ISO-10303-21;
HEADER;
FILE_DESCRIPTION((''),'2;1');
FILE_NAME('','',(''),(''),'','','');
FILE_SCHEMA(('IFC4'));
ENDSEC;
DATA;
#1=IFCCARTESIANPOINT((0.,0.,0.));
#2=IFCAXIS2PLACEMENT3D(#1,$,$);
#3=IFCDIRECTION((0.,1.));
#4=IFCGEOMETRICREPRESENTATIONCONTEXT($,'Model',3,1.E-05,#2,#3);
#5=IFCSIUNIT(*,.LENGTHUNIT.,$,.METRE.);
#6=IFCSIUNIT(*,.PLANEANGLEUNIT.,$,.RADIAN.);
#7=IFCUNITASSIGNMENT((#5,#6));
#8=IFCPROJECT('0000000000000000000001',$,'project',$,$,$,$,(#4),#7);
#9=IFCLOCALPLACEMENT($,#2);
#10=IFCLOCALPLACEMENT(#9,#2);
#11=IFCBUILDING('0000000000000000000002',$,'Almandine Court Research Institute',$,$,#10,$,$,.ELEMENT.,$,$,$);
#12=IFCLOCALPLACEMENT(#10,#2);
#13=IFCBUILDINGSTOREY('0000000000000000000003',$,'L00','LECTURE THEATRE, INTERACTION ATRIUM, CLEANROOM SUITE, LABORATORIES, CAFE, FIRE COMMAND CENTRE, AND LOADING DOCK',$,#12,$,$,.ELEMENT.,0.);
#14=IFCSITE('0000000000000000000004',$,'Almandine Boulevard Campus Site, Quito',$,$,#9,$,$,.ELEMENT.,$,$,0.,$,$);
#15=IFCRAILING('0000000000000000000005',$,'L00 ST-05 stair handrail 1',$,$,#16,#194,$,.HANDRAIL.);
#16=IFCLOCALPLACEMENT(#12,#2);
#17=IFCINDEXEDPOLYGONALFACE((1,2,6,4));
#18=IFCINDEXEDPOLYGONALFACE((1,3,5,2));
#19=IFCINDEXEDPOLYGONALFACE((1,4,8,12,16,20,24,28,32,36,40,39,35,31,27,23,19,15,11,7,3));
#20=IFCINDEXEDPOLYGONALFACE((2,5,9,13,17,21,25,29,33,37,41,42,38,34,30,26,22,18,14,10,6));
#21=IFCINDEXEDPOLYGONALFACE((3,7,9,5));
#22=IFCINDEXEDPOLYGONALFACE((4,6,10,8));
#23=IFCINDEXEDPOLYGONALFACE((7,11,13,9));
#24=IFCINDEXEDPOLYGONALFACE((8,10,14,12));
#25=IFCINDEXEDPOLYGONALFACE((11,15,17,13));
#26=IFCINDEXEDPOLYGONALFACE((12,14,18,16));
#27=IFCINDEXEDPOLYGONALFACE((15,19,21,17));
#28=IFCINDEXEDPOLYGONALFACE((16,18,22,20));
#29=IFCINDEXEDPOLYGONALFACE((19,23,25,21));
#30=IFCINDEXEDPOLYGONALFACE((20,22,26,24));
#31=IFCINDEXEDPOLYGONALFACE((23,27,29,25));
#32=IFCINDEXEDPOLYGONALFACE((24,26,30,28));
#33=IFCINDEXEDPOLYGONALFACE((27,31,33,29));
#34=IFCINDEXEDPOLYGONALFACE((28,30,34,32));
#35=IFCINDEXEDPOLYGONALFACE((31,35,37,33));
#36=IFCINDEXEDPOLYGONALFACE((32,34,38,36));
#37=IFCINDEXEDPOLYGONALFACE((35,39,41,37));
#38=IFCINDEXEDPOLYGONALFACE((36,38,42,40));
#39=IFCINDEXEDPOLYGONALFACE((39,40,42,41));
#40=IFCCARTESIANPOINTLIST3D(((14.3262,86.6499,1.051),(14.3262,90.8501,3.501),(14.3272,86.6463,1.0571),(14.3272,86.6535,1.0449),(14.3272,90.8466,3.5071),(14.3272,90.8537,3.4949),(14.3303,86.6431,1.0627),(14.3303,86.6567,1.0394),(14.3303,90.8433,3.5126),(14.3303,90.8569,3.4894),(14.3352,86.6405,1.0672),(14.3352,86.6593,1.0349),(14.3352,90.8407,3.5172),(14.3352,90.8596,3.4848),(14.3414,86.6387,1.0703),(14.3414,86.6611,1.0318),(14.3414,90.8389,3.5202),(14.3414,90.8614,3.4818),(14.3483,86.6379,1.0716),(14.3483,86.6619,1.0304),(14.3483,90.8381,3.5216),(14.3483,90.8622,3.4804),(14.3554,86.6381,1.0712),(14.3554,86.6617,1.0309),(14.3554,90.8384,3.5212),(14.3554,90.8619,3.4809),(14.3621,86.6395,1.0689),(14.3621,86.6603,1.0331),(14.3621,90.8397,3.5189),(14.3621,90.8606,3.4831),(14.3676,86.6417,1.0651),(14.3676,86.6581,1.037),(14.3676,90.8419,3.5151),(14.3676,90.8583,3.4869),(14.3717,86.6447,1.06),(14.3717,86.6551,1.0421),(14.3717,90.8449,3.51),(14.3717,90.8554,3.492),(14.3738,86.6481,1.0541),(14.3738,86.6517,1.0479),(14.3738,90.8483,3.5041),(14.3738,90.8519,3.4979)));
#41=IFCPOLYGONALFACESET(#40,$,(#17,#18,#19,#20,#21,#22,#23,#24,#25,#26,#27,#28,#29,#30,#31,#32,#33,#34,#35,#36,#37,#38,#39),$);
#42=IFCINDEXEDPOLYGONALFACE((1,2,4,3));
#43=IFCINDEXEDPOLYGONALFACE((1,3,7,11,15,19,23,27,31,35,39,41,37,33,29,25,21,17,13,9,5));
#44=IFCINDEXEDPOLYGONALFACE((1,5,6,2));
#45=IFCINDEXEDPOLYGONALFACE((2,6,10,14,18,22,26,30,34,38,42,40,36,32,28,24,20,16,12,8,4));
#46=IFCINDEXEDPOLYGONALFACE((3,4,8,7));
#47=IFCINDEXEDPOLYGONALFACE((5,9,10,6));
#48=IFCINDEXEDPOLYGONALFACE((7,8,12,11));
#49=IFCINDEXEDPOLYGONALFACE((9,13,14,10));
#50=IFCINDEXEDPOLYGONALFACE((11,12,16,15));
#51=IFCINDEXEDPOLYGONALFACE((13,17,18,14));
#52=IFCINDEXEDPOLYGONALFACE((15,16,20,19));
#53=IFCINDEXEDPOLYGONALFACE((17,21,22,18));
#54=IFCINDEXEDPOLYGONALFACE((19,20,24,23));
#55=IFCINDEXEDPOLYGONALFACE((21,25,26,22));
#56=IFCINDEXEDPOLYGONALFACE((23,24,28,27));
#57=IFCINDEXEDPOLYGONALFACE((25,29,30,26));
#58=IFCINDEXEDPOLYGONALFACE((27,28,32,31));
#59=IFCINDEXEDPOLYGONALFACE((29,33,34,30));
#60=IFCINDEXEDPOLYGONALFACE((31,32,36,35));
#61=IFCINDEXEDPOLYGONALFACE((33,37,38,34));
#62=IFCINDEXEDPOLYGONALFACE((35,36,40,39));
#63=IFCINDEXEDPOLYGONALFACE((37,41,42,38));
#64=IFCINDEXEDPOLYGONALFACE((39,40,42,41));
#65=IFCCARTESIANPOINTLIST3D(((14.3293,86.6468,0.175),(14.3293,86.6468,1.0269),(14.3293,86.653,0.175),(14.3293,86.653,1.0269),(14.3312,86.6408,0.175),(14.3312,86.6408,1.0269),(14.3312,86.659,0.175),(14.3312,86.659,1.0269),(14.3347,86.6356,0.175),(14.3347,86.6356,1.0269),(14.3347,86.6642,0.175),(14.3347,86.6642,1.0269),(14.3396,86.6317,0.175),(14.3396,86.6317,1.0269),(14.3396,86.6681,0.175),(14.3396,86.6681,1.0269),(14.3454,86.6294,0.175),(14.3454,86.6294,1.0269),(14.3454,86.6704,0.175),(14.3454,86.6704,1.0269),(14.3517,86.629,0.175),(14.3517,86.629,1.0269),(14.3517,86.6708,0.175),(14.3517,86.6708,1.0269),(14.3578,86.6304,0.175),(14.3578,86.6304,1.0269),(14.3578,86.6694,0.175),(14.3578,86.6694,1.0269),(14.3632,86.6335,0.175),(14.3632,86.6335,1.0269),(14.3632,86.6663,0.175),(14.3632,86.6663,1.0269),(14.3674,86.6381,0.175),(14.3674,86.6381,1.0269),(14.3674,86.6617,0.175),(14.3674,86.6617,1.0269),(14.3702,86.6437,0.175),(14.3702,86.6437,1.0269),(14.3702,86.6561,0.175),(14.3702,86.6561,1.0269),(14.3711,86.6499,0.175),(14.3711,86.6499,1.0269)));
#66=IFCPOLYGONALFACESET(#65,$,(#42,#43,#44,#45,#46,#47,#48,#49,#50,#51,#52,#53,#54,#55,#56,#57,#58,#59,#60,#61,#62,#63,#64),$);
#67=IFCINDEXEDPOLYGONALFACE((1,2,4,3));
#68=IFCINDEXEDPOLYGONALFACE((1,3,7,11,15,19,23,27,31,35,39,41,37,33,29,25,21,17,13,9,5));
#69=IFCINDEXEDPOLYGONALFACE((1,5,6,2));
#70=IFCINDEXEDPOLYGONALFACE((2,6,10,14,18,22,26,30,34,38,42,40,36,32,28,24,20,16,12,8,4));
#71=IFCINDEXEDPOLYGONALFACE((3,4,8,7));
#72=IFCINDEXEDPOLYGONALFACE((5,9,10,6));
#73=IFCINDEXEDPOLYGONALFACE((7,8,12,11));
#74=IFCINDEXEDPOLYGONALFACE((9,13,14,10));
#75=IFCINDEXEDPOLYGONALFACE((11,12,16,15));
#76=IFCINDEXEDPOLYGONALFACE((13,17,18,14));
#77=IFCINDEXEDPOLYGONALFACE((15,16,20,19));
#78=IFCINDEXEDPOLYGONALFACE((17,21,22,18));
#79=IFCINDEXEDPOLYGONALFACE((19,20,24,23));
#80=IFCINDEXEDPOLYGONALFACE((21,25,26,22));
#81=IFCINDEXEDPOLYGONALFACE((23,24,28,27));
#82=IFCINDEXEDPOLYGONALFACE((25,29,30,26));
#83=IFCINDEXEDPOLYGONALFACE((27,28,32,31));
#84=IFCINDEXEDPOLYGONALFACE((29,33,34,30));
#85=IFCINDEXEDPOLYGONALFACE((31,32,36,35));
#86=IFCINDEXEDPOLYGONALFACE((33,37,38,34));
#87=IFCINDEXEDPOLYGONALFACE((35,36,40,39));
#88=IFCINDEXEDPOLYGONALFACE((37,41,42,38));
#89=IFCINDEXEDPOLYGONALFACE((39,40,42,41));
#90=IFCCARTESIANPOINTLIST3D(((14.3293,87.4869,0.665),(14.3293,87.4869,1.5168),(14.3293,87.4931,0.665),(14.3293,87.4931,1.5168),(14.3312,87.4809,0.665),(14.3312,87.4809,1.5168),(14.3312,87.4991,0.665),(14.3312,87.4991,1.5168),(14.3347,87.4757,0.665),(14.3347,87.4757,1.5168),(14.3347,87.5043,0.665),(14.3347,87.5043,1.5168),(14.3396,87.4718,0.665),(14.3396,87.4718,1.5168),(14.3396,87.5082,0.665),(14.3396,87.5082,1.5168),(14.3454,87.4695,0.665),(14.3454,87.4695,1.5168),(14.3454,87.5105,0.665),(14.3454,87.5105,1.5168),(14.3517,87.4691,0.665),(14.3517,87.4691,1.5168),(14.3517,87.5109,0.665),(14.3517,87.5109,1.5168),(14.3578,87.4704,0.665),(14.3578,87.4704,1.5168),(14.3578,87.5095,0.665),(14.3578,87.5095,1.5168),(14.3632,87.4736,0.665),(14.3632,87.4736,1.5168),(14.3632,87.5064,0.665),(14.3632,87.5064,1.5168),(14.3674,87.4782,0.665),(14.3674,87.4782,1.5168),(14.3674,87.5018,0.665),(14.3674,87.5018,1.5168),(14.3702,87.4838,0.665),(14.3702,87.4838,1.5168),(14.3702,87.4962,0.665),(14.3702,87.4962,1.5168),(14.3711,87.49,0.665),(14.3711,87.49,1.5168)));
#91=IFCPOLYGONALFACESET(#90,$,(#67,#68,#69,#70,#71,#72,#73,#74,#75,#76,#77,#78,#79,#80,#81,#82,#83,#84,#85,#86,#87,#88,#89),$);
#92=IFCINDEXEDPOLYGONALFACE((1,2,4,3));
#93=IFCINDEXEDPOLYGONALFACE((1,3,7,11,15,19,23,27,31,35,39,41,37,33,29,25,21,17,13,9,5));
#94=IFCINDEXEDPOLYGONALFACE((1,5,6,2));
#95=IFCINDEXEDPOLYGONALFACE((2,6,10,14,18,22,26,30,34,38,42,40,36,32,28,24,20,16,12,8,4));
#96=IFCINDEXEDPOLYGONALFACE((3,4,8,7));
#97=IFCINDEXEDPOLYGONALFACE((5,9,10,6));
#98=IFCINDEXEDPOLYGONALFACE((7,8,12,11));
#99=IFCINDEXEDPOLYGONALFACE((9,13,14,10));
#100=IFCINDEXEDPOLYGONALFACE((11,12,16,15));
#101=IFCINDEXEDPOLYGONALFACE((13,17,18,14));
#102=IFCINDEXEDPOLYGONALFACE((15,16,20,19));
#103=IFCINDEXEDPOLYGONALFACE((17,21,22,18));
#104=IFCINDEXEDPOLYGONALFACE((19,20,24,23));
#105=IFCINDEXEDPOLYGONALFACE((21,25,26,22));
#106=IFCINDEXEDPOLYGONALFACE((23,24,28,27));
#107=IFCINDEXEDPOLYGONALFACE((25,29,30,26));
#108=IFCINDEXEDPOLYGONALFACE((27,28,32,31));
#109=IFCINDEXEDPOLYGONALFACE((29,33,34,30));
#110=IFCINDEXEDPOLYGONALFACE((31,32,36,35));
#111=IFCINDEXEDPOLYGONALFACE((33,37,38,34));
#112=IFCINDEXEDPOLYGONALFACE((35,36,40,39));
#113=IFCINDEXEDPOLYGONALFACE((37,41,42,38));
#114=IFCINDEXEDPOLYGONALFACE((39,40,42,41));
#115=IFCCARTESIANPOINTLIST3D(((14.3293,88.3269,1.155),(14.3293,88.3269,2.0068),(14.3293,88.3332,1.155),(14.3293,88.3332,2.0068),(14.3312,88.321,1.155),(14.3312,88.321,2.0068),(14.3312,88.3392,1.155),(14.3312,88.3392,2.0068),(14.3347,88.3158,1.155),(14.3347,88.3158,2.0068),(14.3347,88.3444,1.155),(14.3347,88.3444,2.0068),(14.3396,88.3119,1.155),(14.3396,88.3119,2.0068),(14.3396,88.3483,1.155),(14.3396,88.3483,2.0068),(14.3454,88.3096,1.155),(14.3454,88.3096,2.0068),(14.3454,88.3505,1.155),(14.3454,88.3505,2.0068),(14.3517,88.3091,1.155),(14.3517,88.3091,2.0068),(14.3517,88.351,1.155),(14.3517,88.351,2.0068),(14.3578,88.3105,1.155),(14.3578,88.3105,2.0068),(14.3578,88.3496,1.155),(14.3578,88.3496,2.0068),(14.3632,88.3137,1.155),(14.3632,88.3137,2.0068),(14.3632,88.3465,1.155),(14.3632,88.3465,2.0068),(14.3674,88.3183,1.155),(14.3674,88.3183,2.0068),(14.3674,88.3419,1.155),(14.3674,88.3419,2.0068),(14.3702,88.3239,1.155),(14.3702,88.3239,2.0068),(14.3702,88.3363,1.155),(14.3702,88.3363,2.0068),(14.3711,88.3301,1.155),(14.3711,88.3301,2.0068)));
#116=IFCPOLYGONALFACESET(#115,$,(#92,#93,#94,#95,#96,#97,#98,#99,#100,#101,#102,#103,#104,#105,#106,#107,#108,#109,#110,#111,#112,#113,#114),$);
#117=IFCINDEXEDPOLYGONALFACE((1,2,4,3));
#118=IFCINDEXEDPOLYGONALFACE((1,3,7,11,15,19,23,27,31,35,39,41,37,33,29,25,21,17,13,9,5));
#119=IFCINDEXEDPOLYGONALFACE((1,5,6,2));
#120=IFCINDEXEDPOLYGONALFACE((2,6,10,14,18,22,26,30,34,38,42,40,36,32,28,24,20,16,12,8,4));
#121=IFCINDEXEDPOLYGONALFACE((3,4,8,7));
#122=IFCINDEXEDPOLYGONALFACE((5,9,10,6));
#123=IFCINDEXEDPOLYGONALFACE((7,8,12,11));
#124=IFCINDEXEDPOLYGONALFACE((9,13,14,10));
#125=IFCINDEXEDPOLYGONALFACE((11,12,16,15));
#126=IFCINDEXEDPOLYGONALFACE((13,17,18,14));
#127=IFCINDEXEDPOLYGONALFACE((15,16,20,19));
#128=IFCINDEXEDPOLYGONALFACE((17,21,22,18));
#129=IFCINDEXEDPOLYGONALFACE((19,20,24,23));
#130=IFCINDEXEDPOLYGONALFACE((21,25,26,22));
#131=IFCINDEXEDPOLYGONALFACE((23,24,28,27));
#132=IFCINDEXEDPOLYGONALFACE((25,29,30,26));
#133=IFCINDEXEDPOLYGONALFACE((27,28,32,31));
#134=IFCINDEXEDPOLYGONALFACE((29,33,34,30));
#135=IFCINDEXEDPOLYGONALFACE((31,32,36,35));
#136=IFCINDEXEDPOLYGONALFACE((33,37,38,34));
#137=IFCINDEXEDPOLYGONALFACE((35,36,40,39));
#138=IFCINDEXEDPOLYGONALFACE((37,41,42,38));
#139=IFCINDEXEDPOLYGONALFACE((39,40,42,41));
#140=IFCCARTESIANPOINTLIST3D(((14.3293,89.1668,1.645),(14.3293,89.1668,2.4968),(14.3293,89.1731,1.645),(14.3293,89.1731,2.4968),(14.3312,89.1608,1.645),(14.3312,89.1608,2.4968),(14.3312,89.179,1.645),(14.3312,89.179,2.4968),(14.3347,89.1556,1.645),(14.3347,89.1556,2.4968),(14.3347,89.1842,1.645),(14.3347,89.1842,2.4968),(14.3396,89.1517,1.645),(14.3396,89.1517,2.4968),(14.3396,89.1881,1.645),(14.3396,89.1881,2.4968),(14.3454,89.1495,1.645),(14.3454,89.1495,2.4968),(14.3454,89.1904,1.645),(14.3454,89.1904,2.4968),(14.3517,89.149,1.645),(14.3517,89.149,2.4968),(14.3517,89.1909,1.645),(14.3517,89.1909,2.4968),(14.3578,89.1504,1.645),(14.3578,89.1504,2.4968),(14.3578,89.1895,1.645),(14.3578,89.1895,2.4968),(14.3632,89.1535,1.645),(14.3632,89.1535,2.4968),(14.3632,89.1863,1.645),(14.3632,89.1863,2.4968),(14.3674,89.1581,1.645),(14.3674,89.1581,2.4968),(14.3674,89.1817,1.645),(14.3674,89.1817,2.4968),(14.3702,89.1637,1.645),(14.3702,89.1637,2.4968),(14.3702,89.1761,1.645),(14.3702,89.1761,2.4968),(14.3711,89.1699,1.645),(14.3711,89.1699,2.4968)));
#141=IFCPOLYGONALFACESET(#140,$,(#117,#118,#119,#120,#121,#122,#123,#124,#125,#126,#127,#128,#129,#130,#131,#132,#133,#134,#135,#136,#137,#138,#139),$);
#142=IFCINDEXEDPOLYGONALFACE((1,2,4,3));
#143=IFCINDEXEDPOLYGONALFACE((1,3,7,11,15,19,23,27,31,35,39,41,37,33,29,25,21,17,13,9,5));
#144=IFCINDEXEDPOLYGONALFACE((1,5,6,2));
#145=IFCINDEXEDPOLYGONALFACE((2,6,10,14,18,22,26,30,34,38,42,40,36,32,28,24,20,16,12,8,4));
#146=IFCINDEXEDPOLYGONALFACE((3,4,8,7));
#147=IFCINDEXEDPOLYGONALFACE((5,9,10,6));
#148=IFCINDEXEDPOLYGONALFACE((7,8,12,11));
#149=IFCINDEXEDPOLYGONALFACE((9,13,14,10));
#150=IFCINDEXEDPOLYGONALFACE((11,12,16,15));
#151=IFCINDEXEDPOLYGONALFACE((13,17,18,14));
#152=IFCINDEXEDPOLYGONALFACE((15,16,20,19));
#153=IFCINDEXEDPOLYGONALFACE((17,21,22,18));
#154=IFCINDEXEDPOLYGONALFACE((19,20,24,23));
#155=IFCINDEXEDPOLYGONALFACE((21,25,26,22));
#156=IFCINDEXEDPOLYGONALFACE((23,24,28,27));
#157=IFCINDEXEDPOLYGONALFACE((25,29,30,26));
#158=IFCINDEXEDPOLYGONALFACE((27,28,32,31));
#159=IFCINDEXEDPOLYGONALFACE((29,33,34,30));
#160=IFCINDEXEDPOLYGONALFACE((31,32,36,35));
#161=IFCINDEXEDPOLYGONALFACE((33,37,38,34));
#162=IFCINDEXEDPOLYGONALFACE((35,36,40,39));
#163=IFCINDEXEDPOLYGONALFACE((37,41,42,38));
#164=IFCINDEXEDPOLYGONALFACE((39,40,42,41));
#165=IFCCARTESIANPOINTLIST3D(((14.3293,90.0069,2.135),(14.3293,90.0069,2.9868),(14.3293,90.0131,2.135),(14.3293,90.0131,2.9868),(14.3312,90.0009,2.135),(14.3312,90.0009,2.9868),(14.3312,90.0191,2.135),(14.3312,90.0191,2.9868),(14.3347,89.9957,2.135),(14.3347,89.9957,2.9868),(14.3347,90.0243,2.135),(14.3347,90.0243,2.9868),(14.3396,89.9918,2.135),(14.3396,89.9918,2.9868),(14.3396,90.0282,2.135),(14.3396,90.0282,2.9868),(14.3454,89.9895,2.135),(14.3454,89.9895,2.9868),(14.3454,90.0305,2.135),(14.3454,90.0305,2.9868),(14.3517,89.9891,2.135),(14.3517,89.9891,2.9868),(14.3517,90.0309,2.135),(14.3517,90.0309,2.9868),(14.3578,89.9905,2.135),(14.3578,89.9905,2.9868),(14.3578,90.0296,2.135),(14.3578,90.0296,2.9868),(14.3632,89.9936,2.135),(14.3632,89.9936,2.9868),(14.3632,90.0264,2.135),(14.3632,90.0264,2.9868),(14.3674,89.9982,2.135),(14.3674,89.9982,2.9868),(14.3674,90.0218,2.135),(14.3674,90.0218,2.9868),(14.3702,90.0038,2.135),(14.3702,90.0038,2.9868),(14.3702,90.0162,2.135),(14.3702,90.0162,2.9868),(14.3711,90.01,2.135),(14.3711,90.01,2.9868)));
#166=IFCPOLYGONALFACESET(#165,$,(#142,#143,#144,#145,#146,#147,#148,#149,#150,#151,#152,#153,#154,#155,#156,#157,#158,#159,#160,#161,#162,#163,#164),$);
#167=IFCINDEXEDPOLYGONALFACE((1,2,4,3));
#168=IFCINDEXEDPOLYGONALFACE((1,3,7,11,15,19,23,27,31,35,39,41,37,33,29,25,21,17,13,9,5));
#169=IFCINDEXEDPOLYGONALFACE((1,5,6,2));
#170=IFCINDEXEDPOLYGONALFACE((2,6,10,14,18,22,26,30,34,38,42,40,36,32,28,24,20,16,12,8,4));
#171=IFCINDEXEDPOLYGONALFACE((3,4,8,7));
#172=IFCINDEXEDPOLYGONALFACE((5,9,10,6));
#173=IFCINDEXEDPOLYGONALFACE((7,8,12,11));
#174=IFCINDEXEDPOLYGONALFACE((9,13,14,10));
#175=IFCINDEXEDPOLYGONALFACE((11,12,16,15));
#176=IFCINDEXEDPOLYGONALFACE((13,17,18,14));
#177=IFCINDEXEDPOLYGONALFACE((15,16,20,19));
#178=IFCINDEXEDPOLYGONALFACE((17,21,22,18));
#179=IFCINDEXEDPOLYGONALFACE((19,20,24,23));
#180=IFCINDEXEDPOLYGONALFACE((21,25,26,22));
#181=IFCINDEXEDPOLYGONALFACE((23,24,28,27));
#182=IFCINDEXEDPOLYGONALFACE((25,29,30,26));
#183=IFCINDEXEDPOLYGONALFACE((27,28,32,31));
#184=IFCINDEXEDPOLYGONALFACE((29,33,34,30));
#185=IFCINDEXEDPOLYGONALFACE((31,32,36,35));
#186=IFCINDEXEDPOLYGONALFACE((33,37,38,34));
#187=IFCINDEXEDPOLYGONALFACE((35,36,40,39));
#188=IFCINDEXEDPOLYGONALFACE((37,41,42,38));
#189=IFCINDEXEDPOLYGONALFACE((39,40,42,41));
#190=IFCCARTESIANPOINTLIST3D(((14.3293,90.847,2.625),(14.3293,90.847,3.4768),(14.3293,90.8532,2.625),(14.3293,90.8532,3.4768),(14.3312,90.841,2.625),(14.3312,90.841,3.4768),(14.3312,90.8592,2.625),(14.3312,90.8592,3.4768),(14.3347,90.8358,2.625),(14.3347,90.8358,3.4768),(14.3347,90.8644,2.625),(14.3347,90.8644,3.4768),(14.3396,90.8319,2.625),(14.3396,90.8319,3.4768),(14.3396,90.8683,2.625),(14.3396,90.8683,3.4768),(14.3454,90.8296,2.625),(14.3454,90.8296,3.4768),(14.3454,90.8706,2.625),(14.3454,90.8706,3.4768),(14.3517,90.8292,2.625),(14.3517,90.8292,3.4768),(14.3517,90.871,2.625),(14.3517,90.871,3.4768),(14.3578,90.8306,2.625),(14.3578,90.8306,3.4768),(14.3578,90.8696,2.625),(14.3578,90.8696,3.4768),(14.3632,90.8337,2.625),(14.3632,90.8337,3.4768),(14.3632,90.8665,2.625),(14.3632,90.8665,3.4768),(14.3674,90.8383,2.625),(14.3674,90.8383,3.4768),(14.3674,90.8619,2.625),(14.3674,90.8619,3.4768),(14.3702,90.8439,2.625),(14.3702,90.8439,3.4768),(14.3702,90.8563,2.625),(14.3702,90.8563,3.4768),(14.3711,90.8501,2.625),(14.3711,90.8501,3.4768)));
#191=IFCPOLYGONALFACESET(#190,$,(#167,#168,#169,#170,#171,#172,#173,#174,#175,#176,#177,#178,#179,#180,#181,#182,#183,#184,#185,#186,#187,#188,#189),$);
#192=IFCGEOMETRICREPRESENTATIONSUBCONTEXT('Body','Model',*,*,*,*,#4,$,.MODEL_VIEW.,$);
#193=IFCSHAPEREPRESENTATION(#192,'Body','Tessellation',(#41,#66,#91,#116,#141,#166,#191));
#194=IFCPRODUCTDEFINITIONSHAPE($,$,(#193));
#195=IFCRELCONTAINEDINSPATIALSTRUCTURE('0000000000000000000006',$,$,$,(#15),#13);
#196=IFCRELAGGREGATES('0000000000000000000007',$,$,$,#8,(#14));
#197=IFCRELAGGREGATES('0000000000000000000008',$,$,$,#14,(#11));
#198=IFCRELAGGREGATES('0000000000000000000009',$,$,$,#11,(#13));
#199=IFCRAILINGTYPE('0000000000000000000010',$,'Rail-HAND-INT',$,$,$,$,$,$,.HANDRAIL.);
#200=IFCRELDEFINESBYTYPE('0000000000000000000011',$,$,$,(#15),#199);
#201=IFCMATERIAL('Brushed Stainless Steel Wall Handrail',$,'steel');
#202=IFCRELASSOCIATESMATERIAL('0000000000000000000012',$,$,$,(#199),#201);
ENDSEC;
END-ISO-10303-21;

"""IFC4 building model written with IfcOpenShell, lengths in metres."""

from ifc_helpers import new_model, si_unit, direction, frame, origin, origin_2d, place, context, subcontext, project, spatial, circle, extrude, material, type_object, element, save


model = new_model("IFC4")

# Units and contexts
model_context = context("Model", 3, precision=1e-05, world=origin(), true_north=direction((0.0, 1.0)))
body_context = subcontext(model_context, "Body", "Model", "MODEL_VIEW")
ifc_project = project(units=[si_unit("LENGTHUNIT", "METRE"), si_unit("PLANEANGLEUNIT", "RADIAN")], contexts=[model_context])

# Site, building, storey
site_placement = place(None, origin())
site = spatial("IfcSite", under=ifc_project, at=site_placement, Name="Almandine Boulevard Campus Site, Quito", CompositionType="ELEMENT", RefElevation=0.0)
building_placement = place(site_placement, origin())
building = spatial("IfcBuilding", under=site, at=building_placement, Name="Almandine Court Research Institute", CompositionType="ELEMENT")
storey_placement = place(building_placement, origin())
storey = spatial("IfcBuildingStorey", under=building, at=storey_placement, Name="L00", Description="LECTURE THEATRE, INTERACTION ATRIUM, CLEANROOM SUITE, LABORATORIES, CAFE, FIRE COMMAND CENTRE, AND LOADING DOCK", CompositionType="ELEMENT", Elevation=0.0)

# Railing
ifc_material_1 = material(Name="Brushed Stainless Steel Wall Handrail", Category="steel")
railing_type_1 = type_object("IfcRailingType", Name="Rail-HAND-INT", PredefinedType="HANDRAIL", material=ifc_material_1)
railing_1_placement = place(storey_placement, frame((14.3501, 86.6499, 0.175)))
element("IfcRailing", 1, at=railing_1_placement, inside=storey, type_object=railing_type_1, Name="L00 ST-05 stair handrail 1", PredefinedType="HANDRAIL", context=body_context, shape_type="SweptSolid", body=[
    extrude(circle(Radius=0.0239, at=origin_2d()), frame((0.0, 0.0, 0.876), z_axis=(0.0, 0.863793, 0.503846), x_axis=(-1.0, 0.0, 0.0)), (0.0, 0.0, 1.0), 4.8625),
    extrude(circle(Radius=0.021, at=origin_2d()), origin(), (0.0, 0.0, 1.0), 0.8518),
    extrude(circle(Radius=0.021, at=origin_2d()), frame((0.0, 0.8401, 0.49)), (0.0, 0.0, 1.0), 0.8518),
    extrude(circle(Radius=0.021, at=origin_2d()), frame((0.0, 1.6802, 0.98)), (0.0, 0.0, 1.0), 0.8518),
    extrude(circle(Radius=0.021, at=origin_2d()), frame((0.0, 2.52, 1.47)), (0.0, 0.0, 1.0), 0.8518),
    extrude(circle(Radius=0.021, at=origin_2d()), frame((0.0, 3.3601, 1.96)), (0.0, 0.0, 1.0), 0.8518),
    extrude(circle(Radius=0.021, at=origin_2d()), frame((0.0, 4.2002, 2.45)), (0.0, 0.0, 1.0), 0.8518),
])

save(model, "model.ifc")
